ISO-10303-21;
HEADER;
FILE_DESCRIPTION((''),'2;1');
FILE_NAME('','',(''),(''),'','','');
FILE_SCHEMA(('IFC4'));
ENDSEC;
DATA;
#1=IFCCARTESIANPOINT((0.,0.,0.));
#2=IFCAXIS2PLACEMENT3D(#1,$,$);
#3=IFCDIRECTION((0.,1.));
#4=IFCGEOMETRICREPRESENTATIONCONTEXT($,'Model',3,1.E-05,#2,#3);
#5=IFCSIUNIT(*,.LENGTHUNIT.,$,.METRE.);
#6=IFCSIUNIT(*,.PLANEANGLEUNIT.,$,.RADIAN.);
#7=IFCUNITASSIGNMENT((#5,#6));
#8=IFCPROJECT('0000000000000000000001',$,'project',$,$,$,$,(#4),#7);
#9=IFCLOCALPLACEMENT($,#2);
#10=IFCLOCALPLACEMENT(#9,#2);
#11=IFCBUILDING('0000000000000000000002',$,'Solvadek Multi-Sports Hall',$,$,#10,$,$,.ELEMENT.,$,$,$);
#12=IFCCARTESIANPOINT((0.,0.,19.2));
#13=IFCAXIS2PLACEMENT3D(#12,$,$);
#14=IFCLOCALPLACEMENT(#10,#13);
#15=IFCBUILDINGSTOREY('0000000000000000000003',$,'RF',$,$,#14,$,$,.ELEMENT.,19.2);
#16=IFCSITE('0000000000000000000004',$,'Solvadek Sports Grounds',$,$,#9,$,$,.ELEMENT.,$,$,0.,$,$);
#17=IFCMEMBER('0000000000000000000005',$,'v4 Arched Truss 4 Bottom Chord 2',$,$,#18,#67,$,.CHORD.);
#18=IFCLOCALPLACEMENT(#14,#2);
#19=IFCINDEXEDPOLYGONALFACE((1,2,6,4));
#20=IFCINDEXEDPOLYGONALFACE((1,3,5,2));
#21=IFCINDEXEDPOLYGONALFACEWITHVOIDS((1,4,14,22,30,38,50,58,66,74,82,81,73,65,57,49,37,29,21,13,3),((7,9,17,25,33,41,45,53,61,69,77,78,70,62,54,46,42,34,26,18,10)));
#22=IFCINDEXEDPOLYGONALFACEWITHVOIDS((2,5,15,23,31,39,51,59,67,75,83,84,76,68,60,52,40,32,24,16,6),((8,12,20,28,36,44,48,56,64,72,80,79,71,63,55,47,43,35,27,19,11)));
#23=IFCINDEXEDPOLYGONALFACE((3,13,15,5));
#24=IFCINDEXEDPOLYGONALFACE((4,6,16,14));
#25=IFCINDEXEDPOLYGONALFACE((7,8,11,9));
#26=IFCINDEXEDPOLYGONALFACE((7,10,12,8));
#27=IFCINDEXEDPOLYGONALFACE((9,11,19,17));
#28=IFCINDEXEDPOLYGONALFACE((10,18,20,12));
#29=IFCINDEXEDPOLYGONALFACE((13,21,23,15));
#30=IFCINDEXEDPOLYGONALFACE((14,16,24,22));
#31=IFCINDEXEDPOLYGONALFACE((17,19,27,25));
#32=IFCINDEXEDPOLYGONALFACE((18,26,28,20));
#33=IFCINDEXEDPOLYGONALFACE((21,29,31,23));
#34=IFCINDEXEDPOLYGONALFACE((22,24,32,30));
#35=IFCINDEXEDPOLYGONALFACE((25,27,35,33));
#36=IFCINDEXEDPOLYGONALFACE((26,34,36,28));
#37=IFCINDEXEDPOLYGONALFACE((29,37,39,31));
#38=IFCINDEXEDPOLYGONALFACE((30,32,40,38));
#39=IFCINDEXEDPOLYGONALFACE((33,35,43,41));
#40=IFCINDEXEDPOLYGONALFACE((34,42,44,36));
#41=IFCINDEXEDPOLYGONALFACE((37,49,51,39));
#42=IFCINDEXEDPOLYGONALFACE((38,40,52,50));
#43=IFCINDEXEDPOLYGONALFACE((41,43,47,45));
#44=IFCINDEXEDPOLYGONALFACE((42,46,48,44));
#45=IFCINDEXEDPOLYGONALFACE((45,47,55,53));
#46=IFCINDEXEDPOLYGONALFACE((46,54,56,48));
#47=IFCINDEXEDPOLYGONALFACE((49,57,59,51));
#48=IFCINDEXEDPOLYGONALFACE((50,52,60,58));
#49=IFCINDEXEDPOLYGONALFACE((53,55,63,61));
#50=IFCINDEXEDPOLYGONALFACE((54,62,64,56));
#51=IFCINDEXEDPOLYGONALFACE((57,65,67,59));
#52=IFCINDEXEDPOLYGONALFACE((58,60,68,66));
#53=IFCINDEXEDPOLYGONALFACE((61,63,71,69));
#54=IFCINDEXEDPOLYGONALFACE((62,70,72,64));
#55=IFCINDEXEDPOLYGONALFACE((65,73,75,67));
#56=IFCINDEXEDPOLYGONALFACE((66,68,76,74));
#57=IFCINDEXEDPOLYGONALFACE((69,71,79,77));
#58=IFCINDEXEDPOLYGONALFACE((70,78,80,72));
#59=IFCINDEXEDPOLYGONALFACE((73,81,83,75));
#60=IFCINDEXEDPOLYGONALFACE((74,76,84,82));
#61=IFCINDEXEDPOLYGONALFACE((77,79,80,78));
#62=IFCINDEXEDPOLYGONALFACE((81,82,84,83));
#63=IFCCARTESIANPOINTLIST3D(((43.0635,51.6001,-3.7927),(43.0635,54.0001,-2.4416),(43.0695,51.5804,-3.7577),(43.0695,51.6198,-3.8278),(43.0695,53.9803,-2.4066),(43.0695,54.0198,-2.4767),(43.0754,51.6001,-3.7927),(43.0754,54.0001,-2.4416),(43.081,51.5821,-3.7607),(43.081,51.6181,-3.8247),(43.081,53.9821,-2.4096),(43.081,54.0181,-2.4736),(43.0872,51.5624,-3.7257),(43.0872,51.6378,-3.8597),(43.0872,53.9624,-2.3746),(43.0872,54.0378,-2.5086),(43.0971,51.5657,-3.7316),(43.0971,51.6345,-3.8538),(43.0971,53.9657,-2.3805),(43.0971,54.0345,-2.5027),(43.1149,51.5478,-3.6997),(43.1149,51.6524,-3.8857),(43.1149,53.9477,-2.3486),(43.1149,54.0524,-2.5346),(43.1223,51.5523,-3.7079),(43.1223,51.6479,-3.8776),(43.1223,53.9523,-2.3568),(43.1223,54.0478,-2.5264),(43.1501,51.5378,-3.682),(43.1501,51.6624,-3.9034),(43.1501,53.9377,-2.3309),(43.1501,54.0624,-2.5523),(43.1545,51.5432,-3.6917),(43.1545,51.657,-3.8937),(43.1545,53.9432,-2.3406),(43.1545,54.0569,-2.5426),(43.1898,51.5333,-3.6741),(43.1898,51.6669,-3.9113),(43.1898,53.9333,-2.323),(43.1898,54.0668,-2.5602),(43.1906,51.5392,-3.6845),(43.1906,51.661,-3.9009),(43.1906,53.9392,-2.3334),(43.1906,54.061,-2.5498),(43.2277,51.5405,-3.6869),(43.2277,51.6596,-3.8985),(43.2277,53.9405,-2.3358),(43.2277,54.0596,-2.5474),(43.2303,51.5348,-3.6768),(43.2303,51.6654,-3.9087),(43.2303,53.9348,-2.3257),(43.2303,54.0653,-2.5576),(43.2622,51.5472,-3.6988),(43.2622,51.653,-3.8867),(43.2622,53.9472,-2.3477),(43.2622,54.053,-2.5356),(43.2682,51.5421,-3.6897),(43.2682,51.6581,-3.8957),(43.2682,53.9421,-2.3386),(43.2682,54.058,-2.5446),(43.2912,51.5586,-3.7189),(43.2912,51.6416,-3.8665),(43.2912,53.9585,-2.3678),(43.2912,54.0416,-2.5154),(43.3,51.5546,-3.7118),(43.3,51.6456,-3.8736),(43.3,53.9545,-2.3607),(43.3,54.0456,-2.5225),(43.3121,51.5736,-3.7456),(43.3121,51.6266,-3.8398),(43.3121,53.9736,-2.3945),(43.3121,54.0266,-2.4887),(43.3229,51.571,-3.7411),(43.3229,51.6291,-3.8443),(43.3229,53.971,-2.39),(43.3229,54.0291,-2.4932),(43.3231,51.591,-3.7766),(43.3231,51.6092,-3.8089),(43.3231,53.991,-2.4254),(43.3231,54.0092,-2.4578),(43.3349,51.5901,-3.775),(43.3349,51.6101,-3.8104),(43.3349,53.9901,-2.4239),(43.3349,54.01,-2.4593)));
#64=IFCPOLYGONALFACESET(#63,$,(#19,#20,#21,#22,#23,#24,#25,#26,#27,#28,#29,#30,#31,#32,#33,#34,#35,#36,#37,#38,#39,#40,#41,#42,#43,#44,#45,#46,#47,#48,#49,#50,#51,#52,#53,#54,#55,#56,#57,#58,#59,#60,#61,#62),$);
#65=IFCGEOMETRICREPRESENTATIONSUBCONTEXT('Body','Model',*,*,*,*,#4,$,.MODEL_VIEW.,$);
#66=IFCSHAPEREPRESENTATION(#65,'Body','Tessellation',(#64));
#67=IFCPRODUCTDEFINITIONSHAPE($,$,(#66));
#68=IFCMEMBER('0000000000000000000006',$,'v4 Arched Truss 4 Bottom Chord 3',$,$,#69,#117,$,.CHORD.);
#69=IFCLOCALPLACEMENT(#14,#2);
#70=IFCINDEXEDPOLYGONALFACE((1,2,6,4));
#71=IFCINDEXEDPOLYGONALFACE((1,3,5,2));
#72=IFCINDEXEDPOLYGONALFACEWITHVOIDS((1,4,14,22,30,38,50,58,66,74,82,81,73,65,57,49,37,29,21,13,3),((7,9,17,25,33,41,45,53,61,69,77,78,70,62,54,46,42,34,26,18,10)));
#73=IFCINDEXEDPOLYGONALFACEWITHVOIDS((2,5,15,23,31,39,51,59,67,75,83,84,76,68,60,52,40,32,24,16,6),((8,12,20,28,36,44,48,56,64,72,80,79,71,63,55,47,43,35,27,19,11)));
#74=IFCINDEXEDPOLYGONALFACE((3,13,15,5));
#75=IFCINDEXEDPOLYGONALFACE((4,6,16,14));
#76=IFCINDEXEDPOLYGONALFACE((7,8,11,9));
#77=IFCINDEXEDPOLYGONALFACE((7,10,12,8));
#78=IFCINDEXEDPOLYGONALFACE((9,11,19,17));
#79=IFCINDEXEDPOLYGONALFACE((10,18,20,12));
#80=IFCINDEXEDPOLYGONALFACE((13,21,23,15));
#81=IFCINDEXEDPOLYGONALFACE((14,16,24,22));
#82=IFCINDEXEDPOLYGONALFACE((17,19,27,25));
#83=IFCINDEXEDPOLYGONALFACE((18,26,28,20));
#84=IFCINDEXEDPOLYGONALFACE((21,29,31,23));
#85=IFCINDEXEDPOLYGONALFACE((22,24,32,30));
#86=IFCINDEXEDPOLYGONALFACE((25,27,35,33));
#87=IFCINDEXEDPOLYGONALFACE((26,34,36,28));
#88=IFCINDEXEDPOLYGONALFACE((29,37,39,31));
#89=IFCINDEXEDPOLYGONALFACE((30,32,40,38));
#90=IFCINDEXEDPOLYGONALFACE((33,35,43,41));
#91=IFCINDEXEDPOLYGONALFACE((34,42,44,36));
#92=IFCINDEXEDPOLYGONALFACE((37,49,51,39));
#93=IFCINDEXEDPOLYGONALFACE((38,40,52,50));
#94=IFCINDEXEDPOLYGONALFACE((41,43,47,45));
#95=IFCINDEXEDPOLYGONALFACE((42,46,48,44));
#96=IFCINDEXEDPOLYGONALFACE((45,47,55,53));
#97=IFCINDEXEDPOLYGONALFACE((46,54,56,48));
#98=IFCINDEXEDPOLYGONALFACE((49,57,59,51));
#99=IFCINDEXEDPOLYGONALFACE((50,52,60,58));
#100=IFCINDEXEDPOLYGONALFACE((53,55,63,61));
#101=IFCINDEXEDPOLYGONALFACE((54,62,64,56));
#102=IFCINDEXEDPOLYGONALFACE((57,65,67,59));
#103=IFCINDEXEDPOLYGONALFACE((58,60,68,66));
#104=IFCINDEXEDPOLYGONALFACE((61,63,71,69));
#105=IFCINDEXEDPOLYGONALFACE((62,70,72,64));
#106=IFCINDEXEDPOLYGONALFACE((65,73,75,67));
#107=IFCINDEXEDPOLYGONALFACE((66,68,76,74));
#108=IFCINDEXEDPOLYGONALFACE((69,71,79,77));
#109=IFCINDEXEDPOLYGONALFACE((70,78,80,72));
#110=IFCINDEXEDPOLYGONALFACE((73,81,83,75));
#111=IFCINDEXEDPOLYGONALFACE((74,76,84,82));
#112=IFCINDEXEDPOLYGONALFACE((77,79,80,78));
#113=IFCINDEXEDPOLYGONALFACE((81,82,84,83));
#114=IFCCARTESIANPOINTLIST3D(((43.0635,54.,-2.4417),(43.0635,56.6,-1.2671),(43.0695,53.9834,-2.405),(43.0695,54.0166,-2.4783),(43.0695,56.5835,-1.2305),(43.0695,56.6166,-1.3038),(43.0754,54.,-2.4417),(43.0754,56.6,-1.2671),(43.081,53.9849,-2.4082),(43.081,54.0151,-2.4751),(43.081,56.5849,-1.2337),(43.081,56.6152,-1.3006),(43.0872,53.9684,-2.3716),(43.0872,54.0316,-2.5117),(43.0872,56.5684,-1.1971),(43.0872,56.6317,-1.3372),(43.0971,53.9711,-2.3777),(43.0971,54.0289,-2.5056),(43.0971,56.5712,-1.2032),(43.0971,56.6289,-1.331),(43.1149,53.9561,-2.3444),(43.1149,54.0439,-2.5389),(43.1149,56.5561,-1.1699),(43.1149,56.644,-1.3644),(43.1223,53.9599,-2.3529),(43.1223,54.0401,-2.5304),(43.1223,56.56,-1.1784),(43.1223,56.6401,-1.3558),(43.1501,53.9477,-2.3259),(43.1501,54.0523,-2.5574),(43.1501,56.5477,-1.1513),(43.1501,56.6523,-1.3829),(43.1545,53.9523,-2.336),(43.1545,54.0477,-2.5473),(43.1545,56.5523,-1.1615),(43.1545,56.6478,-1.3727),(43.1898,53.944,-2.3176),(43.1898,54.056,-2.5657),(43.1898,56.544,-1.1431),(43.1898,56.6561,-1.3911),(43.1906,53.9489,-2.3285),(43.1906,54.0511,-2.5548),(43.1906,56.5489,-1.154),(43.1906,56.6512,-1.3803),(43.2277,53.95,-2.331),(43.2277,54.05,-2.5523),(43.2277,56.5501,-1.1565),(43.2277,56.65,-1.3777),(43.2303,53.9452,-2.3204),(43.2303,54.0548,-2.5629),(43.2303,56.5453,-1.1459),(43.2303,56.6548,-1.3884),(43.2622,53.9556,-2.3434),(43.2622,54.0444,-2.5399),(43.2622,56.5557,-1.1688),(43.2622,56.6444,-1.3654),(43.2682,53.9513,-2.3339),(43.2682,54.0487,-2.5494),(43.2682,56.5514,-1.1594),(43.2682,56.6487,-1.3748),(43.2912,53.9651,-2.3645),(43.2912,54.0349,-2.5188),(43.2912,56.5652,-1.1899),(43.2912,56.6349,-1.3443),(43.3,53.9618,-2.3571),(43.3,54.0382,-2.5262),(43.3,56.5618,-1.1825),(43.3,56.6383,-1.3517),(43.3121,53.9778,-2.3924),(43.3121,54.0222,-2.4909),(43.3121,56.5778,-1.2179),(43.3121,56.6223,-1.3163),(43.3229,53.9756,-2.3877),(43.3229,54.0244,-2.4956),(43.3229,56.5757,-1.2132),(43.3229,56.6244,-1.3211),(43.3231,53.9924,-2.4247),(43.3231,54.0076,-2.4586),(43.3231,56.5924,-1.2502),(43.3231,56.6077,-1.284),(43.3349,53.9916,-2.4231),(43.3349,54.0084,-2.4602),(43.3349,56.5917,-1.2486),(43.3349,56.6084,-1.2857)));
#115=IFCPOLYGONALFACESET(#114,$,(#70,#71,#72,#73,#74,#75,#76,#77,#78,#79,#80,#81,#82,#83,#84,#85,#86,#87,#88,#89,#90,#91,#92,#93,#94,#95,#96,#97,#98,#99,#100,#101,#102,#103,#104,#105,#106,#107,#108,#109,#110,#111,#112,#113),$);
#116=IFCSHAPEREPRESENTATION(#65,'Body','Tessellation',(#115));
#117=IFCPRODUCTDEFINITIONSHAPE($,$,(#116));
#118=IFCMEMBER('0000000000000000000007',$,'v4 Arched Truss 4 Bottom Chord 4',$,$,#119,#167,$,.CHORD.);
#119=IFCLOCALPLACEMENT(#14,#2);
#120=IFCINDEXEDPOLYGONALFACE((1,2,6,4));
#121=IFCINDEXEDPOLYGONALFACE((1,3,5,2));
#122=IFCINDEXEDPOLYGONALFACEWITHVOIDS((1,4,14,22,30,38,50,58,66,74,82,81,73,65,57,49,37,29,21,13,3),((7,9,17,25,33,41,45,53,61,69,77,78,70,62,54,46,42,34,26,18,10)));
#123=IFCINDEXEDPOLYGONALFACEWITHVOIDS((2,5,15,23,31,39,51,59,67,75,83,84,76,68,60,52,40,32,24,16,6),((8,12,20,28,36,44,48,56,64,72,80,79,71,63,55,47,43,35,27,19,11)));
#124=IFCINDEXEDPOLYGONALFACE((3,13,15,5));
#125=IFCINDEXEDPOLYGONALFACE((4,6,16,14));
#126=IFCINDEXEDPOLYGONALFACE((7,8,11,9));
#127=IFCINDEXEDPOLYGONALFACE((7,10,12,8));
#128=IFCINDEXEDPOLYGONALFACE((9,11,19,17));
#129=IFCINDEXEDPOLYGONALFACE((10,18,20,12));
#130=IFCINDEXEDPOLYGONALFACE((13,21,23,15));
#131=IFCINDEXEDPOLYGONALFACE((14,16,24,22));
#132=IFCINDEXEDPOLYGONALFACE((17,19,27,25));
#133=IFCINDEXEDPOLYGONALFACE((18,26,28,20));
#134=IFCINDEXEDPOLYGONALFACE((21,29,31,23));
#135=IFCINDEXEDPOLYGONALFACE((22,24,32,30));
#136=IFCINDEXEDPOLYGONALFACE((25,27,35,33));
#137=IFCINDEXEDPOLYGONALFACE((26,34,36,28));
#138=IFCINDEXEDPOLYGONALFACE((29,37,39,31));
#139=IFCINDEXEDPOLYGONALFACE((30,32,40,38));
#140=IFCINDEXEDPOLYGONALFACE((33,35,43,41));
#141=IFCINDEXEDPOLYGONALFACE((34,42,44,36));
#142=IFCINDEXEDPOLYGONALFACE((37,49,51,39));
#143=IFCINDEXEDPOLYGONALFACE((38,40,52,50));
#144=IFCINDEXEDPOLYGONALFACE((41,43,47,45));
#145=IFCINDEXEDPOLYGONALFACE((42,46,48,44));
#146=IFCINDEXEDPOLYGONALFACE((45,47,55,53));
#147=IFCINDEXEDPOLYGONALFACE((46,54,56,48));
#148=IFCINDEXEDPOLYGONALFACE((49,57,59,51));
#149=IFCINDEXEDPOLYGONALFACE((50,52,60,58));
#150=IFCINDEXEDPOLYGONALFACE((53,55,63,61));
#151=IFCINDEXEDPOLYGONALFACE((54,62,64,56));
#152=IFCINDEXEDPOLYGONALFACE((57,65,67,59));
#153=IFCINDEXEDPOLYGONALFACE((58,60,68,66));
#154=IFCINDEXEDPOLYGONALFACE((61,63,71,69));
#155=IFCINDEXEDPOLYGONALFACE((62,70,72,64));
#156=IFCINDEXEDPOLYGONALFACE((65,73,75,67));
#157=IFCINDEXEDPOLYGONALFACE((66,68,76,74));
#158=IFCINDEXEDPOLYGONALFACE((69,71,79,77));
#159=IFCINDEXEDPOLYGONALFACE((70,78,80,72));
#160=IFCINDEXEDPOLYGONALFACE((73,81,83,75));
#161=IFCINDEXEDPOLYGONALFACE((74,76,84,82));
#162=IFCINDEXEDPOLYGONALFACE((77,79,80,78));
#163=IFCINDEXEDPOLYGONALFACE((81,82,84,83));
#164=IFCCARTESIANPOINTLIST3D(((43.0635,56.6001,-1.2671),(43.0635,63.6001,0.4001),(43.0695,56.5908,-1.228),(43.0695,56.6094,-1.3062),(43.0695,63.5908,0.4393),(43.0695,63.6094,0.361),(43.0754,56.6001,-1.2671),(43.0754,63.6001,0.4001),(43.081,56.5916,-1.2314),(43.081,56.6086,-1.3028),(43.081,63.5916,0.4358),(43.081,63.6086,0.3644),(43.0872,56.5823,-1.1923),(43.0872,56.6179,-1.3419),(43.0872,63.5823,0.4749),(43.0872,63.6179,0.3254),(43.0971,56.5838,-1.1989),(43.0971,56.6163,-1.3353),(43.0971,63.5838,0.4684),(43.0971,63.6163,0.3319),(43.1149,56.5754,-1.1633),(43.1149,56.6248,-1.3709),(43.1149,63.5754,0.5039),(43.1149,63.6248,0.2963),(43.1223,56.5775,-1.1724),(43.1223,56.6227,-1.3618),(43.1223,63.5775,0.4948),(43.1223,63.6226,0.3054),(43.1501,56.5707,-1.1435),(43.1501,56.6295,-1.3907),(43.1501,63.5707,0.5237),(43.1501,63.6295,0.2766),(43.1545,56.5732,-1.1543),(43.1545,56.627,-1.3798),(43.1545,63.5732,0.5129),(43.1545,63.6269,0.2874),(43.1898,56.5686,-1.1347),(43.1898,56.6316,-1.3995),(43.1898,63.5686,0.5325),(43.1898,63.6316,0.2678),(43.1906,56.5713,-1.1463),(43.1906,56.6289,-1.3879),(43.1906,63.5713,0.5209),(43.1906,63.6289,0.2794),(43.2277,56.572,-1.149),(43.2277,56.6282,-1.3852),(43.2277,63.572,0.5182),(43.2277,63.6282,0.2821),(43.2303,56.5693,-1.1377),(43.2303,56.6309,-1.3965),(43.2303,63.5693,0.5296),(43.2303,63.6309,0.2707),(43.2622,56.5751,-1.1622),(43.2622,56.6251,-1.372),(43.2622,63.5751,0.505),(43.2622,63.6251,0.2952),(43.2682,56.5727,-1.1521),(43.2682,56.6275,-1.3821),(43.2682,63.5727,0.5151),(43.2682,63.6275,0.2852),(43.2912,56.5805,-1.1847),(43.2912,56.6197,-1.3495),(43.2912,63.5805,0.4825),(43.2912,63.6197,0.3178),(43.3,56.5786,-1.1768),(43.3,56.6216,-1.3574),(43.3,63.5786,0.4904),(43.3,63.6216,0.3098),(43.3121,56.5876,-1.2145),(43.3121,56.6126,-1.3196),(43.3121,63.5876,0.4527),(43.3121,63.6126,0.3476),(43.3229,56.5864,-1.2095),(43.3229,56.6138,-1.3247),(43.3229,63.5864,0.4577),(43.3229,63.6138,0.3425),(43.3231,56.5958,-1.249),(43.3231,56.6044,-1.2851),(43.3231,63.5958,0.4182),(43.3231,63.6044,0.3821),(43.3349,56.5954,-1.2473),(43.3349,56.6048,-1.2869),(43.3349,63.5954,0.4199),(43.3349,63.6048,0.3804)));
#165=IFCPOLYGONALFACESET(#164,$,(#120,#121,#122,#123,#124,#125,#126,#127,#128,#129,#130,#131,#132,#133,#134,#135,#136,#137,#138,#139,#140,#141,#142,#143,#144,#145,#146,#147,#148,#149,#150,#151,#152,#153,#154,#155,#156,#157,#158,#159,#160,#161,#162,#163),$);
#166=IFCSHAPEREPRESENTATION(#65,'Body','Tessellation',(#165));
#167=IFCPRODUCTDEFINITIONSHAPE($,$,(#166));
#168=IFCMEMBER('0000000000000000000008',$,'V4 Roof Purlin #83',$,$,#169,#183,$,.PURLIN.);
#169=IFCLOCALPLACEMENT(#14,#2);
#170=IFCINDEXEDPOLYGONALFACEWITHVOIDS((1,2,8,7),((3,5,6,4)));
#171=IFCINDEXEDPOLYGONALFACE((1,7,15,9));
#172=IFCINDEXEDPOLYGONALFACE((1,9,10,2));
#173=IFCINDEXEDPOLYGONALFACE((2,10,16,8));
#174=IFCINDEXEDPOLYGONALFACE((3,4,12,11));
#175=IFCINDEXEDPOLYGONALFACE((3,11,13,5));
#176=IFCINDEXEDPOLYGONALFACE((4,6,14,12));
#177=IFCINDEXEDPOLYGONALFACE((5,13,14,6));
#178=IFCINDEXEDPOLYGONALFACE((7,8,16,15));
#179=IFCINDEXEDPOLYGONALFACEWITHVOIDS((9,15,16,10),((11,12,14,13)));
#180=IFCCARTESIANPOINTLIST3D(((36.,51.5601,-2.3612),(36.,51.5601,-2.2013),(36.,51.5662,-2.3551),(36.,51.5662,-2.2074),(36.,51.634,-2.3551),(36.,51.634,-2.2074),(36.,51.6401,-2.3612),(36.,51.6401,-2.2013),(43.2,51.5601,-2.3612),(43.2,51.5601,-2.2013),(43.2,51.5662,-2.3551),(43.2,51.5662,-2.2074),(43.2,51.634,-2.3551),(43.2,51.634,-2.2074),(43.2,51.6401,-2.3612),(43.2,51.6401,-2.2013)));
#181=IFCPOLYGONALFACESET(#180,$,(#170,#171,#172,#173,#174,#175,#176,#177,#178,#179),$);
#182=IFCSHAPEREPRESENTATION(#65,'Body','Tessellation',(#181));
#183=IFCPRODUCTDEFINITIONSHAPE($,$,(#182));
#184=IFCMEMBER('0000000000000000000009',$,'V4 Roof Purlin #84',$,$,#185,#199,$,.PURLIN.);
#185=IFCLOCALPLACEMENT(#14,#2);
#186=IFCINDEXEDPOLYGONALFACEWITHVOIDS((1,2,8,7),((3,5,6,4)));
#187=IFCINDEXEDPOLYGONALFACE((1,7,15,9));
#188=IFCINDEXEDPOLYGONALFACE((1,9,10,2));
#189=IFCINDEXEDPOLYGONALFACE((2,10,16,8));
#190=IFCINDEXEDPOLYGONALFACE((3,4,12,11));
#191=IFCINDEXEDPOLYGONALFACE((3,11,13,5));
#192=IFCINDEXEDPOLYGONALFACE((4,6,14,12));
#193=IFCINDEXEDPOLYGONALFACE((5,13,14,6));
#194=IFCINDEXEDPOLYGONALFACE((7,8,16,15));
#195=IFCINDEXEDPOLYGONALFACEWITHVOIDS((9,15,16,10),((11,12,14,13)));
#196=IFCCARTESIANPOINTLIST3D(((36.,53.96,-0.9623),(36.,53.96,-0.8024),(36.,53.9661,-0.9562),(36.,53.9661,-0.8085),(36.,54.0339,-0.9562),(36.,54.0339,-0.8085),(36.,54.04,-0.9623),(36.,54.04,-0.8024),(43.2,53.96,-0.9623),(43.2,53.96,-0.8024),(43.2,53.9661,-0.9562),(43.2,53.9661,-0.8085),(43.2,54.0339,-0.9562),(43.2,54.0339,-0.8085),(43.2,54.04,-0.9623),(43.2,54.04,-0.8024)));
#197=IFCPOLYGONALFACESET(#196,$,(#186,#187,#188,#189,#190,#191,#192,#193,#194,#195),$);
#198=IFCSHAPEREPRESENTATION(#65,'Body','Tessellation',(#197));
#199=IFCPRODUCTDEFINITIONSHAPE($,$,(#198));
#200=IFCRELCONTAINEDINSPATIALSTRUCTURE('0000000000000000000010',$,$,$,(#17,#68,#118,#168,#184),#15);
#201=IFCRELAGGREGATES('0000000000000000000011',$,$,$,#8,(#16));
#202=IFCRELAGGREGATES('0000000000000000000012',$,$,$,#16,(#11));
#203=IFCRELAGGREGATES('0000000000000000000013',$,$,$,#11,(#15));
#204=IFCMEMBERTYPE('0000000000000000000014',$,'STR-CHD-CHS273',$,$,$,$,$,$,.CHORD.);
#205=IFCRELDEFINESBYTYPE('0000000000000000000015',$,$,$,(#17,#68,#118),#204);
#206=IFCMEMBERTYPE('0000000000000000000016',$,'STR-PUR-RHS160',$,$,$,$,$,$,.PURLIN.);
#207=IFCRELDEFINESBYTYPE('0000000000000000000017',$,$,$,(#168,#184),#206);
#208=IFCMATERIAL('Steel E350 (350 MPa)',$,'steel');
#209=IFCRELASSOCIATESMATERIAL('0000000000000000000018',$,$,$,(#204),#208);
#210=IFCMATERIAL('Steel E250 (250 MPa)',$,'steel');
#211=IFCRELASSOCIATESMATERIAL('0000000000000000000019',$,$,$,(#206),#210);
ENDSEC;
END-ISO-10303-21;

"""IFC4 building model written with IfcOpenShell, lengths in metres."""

from ifc_helpers import new_model, si_unit, direction, frame, origin, origin_2d, place, context, subcontext, project, spatial, hollow_rectangle, hollow_circle, extrude, material, material_profile, profile_set, type_object, element, save


model = new_model("IFC4")

# Units and contexts
model_context = context("Model", 3, precision=1e-05, world=origin(), true_north=direction((0.0, 1.0)))
body_context = subcontext(model_context, "Body", "Model", "MODEL_VIEW")
ifc_project = project(units=[si_unit("LENGTHUNIT", "METRE"), si_unit("PLANEANGLEUNIT", "RADIAN")], contexts=[model_context])

# Site, building, storey
site_placement = place(None, origin())
site = spatial("IfcSite", under=ifc_project, at=site_placement, Name="Solvadek Sports Grounds", CompositionType="ELEMENT", RefElevation=0.0)
building_placement = place(site_placement, origin())
building = spatial("IfcBuilding", under=site, at=building_placement, Name="Solvadek Multi-Sports Hall", CompositionType="ELEMENT")
storey_placement = place(building_placement, frame((0.0, 0.0, 19.2)))
storey = spatial("IfcBuildingStorey", under=building, at=storey_placement, Name="RF", CompositionType="ELEMENT", Elevation=19.2)

# Members
ifc_material_1 = material(Name="Steel E350 (350 MPa)", Category="steel")
ifc_material_profile_1 = material_profile(ifc_material_1, hollow_circle(Radius=0.1365, WallThickness=0.012, at=origin_2d()), Name="CHS 273.0x12")
ifc_profile_set_1 = profile_set([ifc_material_profile_1], Name="Steel E350 (350 MPa)")
member_type_1 = type_object("IfcMemberType", Name="STR-CHD-CHS273", PredefinedType="CHORD", material=ifc_profile_set_1)
member_1_placement = place(storey_placement, frame((43.2, 51.6001, -3.7927), z_axis=(0.0, 0.8714, 0.490573), x_axis=(-1.0, 0.0, 0.0)))
element("IfcMember", 1, at=member_1_placement, inside=storey, type_object=member_type_1, Name="v4 Arched Truss 4 Bottom Chord 2", PredefinedType="CHORD", context=body_context, shape_type="SweptSolid", body=[
    extrude(hollow_circle(Radius=0.1365, WallThickness=0.012, at=origin_2d()), origin(), (0.0, 0.0, 1.0), 2.7542),
])
member_2_placement = place(storey_placement, frame((43.2, 54.0, -2.4417), z_axis=(0.0, 0.911328, 0.411681), x_axis=(-1.0, 0.0, 0.0)))
element("IfcMember", 2, at=member_2_placement, inside=storey, type_object=member_type_1, Name="v4 Arched Truss 4 Bottom Chord 3", PredefinedType="CHORD", context=body_context, shape_type="SweptSolid", body=[
    extrude(hollow_circle(Radius=0.1365, WallThickness=0.012, at=origin_2d()), origin(), (0.0, 0.0, 1.0), 2.853),
])
member_3_placement = place(storey_placement, frame((43.2, 56.6001, -1.2671), z_axis=(0.0, 0.972788, 0.231695), x_axis=(-1.0, 0.0, 0.0)))
element("IfcMember", 3, at=member_3_placement, inside=storey, type_object=member_type_1, Name="v4 Arched Truss 4 Bottom Chord 4", PredefinedType="CHORD", context=body_context, shape_type="SweptSolid", body=[
    extrude(hollow_circle(Radius=0.1365, WallThickness=0.012, at=origin_2d()), origin(), (0.0, 0.0, 1.0), 7.1958),
])
ifc_material_2 = material(Name="Steel E250 (250 MPa)", Category="steel")
ifc_material_profile_2 = material_profile(ifc_material_2, hollow_rectangle(XDim=0.0801, YDim=0.1599, WallThickness=0.0061, at=origin_2d()), Name="RHS 160x80x6")
ifc_profile_set_2 = profile_set([ifc_material_profile_2], Name="Steel E250 (250 MPa)")
member_type_2 = type_object("IfcMemberType", Name="STR-PUR-RHS160", PredefinedType="PURLIN", material=ifc_profile_set_2)
for number, where, z_axis, x_axis, name in (
    (4, (36.0, 51.6001, -2.2812), (1.0, 0.0, 0.0), (0.0, 1.0, 0.0), "V4 Roof Purlin #83"),
    (5, (36.0, 54.0, -0.8823), (1.0, 0.0, 0.0), (0.0, 1.0, 0.0), "V4 Roof Purlin #84"),
):
    element("IfcMember", number, at=place(storey_placement, frame(where, z_axis=z_axis, x_axis=x_axis)), inside=storey, type_object=member_type_2, Name=name, PredefinedType="PURLIN", context=body_context, shape_type="SweptSolid", body=[
        extrude(hollow_rectangle(XDim=0.0801, YDim=0.1599, WallThickness=0.0061, at=origin_2d()), origin(), (0.0, 0.0, 1.0), 7.2),
    ])

save(model, "model.ifc")
